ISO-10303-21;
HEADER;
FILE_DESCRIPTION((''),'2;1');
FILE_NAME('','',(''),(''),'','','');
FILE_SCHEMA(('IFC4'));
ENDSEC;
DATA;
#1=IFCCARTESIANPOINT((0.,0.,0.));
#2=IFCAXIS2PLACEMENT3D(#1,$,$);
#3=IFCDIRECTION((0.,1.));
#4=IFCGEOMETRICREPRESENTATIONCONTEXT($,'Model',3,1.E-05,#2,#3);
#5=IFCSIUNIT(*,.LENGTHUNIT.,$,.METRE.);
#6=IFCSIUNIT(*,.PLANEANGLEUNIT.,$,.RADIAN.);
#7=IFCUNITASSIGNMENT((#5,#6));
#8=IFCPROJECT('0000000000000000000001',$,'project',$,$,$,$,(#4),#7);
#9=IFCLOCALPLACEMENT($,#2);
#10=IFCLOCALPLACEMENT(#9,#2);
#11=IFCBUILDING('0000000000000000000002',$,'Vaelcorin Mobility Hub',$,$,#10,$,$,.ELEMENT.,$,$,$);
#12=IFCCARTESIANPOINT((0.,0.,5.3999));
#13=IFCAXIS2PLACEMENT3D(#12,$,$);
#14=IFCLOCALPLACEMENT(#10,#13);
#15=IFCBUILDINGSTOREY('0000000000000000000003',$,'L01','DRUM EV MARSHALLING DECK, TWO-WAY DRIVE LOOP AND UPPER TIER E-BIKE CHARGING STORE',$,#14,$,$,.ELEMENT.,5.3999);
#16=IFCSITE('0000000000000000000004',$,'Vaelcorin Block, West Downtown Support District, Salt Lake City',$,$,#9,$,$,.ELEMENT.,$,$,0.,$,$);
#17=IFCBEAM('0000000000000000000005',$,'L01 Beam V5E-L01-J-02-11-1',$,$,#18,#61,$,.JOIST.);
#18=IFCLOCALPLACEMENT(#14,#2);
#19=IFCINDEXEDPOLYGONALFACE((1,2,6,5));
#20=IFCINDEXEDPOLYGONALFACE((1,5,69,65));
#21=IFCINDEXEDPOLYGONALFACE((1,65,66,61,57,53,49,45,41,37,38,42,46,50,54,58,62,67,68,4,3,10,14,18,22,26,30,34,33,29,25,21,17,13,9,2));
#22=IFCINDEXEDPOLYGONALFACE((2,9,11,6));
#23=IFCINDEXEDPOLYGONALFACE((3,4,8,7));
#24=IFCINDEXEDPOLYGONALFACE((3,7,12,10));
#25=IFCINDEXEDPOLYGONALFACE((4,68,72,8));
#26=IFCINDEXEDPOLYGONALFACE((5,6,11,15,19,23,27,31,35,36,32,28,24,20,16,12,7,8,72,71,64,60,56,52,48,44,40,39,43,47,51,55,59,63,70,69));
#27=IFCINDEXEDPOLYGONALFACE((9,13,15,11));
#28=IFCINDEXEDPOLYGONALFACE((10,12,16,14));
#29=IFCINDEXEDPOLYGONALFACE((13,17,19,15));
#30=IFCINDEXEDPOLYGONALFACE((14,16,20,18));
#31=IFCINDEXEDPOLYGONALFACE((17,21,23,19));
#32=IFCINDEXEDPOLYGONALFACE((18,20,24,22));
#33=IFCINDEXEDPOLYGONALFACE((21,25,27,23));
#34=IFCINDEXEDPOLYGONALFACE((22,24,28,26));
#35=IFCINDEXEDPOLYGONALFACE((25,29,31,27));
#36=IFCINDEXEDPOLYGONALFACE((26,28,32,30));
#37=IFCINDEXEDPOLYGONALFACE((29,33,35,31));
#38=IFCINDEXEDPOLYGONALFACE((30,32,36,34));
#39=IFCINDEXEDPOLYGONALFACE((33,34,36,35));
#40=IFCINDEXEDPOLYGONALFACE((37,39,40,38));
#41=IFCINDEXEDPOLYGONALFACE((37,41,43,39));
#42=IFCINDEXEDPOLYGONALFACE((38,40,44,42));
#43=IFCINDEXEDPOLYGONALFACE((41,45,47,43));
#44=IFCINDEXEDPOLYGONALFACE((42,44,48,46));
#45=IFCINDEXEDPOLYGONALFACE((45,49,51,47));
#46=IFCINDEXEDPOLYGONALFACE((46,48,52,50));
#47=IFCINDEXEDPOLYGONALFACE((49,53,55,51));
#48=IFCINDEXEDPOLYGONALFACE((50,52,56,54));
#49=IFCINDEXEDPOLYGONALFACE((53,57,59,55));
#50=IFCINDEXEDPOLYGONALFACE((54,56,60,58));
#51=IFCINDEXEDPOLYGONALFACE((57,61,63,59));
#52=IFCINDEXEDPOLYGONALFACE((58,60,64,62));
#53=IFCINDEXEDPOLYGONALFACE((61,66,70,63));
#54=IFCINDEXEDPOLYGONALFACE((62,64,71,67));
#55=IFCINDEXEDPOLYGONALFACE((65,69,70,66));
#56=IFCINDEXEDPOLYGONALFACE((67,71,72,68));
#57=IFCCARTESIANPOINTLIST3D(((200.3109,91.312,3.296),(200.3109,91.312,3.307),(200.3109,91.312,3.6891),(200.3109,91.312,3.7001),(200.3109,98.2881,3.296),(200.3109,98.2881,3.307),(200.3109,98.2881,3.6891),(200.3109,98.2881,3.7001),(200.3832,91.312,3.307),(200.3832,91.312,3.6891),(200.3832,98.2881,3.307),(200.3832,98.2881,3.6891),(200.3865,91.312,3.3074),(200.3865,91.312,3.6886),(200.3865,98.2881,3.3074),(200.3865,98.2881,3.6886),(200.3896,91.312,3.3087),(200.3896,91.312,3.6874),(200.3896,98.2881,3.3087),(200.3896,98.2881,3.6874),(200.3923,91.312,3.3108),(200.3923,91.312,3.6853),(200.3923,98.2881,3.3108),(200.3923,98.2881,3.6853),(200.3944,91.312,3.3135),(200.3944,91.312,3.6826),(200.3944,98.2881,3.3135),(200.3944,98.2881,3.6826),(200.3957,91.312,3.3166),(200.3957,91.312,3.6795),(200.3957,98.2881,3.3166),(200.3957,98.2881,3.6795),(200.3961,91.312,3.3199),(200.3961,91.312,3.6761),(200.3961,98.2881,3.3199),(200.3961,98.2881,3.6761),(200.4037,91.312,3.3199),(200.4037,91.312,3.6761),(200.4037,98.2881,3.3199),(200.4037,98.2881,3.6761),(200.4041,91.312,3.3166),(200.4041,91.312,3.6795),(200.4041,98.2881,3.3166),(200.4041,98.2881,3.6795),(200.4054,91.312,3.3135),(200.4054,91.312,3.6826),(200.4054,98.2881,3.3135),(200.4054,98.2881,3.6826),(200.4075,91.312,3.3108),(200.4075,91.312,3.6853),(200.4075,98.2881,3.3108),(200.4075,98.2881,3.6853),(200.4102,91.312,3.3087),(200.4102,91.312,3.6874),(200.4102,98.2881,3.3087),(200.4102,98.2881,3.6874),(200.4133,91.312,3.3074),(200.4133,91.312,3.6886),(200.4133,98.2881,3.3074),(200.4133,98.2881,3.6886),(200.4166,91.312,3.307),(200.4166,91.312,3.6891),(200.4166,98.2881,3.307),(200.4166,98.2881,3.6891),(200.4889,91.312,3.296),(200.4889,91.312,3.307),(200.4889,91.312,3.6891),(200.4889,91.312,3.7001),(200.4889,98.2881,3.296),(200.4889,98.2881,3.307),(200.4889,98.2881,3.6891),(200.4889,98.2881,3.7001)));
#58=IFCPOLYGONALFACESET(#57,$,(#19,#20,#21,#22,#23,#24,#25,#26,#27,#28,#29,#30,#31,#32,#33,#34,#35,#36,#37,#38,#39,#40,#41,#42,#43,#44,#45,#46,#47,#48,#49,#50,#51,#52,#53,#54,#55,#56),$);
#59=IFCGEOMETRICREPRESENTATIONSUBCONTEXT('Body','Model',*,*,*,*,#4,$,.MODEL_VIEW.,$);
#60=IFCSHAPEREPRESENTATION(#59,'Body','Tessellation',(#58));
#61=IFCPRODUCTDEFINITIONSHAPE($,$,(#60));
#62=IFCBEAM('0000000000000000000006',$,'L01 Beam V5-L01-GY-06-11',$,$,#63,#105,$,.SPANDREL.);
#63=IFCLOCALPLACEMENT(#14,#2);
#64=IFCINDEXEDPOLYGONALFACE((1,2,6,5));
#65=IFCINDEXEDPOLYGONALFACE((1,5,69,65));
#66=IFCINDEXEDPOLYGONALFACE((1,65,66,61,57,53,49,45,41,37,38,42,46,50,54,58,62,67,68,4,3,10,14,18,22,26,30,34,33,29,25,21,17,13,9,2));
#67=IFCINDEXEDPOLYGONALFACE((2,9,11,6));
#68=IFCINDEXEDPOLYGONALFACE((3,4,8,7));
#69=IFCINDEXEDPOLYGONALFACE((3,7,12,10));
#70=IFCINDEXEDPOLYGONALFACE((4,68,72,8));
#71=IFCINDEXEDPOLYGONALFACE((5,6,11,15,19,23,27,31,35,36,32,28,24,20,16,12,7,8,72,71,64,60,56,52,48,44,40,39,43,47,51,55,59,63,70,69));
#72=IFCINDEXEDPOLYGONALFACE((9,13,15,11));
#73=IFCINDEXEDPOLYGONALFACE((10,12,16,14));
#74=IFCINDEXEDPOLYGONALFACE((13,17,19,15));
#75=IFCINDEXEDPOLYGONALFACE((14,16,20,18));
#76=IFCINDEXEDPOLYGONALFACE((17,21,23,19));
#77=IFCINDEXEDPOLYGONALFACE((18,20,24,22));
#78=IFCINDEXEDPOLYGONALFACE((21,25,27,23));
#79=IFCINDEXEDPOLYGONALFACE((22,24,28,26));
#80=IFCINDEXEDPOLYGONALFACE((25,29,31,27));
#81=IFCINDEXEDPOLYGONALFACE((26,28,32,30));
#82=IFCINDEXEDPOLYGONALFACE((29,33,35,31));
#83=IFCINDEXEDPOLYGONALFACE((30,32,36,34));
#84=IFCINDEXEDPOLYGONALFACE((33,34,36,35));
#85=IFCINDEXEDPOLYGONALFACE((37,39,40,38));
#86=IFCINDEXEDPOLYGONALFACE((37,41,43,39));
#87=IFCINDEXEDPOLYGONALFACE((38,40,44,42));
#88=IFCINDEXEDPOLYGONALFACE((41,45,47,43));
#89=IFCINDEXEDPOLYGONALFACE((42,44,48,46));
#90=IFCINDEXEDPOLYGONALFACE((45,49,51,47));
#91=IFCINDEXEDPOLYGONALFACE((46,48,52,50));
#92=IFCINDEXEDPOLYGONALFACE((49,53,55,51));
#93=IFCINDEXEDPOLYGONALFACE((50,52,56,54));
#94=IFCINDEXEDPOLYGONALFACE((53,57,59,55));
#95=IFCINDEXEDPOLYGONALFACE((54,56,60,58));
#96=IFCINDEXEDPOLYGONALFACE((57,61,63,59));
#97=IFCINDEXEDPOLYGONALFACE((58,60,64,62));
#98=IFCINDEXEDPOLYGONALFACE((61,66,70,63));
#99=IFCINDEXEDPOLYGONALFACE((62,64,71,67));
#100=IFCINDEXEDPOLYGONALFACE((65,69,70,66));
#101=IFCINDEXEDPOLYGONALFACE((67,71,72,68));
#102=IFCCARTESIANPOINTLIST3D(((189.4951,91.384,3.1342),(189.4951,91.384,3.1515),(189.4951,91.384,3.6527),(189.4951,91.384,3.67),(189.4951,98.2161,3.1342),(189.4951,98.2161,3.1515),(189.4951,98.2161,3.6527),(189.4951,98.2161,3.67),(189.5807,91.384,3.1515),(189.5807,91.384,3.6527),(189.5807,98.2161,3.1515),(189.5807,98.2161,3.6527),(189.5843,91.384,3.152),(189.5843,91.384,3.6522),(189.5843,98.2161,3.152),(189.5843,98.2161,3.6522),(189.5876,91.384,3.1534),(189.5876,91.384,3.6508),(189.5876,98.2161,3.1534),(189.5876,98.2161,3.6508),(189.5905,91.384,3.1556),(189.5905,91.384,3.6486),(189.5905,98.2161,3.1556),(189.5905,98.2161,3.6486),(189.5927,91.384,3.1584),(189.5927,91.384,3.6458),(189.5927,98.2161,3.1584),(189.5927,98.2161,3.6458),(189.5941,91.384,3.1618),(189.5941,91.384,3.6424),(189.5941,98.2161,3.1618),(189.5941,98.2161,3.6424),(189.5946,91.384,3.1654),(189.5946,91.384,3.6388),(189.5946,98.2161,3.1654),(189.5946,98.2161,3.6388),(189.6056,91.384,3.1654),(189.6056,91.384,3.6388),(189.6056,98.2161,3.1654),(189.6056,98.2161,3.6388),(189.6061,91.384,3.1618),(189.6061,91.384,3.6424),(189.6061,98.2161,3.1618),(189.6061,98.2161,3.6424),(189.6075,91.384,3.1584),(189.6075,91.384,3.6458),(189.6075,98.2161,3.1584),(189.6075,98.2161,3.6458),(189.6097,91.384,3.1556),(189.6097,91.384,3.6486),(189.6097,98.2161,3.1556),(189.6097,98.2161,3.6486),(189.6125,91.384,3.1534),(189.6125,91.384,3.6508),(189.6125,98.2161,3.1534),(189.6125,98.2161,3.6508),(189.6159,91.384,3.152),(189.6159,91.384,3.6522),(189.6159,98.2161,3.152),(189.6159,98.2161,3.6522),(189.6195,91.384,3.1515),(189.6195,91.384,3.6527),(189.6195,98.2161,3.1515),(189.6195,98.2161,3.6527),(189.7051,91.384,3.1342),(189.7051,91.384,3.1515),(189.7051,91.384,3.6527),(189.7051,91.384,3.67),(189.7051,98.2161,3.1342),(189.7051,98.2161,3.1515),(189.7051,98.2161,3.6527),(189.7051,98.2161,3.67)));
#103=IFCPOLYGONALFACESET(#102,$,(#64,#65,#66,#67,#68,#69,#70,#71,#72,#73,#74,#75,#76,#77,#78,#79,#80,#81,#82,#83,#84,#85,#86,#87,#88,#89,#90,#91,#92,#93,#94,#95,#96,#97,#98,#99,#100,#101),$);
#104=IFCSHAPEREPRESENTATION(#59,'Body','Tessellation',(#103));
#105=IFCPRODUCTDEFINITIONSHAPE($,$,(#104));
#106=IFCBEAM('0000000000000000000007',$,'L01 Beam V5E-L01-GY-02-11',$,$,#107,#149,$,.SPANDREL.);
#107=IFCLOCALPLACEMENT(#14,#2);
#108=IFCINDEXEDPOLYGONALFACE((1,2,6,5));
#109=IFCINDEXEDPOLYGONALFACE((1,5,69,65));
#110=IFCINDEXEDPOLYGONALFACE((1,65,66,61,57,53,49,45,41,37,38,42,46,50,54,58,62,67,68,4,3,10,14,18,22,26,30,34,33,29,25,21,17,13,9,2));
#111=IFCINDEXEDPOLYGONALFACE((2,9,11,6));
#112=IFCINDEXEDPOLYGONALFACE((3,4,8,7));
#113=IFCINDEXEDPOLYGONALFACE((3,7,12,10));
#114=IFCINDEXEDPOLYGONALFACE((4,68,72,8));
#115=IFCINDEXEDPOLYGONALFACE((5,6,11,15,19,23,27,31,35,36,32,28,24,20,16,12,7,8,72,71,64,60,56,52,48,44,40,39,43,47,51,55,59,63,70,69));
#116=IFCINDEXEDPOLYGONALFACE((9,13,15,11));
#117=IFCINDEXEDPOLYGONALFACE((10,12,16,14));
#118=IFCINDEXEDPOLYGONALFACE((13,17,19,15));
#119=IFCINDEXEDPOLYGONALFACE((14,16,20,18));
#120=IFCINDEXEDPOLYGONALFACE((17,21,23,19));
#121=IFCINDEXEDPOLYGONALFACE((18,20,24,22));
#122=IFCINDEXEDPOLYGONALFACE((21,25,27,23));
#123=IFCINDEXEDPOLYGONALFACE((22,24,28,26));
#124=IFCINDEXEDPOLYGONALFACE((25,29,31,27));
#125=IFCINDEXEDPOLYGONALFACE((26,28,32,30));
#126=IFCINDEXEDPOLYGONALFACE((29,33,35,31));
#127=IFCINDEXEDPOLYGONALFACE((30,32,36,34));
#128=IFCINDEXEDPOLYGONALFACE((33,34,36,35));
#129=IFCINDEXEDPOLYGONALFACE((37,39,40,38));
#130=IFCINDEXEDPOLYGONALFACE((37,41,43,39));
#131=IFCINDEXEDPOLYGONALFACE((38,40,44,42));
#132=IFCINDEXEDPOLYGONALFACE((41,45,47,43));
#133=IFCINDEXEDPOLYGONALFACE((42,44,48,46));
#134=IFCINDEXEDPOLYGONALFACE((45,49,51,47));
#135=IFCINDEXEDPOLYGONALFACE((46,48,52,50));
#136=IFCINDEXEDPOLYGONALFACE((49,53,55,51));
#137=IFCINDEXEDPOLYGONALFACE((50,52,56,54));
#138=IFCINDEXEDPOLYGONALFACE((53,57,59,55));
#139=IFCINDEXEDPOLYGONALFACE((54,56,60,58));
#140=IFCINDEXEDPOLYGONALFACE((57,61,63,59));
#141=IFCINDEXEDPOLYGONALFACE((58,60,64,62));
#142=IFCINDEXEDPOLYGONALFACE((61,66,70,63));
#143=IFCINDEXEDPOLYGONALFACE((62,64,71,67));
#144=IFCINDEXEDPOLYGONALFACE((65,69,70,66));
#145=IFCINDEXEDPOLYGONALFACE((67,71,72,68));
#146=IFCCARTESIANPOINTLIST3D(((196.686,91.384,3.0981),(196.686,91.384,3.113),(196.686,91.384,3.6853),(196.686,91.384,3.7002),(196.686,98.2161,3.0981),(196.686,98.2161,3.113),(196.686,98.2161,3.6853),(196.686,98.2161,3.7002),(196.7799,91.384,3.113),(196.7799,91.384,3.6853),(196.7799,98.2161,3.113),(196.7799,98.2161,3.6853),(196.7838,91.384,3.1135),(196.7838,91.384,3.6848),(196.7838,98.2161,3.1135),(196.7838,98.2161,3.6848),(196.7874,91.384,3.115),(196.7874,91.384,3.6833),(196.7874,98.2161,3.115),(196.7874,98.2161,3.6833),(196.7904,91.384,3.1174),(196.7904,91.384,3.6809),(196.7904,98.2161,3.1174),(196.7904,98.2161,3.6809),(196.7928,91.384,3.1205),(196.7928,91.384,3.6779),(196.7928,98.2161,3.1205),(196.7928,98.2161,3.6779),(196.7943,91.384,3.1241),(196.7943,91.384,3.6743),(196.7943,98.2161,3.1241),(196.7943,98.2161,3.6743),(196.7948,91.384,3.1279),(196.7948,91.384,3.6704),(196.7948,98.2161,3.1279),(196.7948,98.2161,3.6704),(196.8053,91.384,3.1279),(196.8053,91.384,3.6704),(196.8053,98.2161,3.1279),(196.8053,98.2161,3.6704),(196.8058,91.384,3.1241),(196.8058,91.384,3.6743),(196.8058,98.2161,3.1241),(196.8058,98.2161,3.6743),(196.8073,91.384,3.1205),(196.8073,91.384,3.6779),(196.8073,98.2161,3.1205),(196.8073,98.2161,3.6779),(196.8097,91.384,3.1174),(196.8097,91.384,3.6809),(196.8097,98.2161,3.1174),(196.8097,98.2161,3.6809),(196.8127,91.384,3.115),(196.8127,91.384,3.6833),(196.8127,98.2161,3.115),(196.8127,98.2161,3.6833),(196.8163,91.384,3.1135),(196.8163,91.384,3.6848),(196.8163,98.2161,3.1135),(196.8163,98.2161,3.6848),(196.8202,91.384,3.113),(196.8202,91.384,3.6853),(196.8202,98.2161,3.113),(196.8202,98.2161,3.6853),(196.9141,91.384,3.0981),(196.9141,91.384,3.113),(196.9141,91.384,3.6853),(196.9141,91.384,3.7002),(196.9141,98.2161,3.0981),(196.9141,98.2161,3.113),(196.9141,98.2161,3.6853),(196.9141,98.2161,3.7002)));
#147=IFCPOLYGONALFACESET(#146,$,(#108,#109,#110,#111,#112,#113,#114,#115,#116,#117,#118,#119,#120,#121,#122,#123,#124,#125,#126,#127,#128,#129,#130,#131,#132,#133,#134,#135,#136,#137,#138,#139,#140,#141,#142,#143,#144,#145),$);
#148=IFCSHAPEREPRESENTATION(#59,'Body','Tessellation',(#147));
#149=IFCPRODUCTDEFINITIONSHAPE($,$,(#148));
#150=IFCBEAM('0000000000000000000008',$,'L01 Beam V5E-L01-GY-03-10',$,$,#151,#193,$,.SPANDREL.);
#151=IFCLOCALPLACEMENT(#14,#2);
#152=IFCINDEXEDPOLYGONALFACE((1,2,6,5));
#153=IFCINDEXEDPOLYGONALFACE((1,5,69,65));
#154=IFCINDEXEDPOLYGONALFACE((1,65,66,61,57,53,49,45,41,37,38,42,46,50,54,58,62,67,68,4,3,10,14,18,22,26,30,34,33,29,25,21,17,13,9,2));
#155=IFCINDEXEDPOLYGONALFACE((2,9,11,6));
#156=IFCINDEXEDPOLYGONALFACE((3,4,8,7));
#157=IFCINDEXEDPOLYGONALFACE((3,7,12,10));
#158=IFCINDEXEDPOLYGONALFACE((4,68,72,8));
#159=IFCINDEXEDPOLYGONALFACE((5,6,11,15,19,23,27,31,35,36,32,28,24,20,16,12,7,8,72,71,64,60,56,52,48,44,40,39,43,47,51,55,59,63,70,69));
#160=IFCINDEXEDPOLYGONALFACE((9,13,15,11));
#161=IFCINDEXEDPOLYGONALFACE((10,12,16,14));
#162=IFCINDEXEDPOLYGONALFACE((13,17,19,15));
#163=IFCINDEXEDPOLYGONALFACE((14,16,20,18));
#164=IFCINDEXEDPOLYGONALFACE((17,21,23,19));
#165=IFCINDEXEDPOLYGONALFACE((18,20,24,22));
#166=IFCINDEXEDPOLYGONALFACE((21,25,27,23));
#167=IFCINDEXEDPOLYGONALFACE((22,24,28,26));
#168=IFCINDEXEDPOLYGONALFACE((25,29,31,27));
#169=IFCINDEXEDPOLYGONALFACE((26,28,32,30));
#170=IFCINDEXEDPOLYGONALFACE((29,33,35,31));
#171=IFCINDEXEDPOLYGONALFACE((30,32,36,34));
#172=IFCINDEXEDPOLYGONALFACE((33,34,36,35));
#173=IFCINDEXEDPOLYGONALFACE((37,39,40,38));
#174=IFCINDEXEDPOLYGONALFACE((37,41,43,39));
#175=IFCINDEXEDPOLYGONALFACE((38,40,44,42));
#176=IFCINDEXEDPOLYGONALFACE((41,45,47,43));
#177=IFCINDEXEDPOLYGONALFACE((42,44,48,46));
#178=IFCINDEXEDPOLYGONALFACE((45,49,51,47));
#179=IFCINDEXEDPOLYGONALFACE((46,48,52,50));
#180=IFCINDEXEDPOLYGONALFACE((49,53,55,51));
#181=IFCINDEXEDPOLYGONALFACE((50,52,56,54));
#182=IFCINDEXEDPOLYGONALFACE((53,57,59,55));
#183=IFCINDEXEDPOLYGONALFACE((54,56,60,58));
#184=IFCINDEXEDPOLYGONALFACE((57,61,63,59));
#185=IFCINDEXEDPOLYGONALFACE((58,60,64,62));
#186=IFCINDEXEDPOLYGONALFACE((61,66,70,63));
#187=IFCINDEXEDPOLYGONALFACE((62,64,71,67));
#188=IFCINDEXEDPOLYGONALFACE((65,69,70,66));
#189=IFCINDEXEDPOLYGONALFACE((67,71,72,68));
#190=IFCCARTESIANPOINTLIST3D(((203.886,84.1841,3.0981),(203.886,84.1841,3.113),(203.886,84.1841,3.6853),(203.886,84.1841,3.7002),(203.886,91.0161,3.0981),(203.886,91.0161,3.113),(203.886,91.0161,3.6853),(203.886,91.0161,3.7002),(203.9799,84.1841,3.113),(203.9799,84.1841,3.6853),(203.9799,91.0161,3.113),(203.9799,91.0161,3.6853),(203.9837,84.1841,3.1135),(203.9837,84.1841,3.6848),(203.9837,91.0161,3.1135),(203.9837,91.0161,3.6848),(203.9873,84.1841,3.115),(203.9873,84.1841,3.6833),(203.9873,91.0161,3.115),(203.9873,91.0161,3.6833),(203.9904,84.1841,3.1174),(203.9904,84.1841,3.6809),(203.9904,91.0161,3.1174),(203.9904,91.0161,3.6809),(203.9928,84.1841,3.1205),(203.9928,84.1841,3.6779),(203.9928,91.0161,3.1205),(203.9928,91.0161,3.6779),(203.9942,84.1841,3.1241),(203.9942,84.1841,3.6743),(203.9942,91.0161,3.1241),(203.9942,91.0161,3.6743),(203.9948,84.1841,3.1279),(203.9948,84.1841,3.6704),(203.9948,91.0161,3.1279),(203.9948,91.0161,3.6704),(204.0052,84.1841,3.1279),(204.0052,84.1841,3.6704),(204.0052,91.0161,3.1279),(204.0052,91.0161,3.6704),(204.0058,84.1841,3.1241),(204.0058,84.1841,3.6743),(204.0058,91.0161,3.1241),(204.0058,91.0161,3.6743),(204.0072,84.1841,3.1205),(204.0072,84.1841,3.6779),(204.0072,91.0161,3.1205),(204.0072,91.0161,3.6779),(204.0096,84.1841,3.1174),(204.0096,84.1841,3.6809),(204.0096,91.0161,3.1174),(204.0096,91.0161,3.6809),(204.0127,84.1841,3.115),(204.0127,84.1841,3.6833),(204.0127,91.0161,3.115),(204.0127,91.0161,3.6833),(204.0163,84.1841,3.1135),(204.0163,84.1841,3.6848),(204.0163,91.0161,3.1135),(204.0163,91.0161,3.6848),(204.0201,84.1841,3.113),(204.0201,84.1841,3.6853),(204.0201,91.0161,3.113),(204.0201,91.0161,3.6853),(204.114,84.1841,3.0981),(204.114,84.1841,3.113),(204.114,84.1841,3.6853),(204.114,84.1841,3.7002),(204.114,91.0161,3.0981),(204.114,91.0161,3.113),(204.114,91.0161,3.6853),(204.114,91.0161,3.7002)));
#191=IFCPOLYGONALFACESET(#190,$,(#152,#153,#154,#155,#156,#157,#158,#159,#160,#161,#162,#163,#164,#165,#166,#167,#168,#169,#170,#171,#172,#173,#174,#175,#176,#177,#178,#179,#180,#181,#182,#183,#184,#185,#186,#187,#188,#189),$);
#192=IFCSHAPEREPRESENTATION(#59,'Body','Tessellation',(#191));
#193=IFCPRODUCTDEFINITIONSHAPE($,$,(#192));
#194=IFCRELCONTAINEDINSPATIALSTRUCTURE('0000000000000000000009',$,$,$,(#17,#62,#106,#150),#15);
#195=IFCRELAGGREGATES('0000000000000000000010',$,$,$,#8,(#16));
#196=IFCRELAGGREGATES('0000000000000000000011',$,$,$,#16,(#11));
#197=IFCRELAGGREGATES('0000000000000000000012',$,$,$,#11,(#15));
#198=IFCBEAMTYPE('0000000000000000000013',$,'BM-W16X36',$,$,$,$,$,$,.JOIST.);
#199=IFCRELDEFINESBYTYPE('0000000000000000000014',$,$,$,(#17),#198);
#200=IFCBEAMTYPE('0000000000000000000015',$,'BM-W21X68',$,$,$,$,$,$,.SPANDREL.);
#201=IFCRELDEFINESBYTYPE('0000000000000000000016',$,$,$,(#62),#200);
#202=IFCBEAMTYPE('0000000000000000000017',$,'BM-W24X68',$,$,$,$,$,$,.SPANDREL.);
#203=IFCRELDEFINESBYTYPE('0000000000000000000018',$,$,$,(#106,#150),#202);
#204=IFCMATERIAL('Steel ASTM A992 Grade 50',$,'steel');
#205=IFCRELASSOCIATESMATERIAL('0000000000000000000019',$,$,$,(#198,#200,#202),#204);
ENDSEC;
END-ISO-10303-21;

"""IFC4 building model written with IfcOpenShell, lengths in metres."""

from ifc_helpers import new_model, si_unit, direction, frame, origin, origin_2d, place, context, subcontext, project, spatial, i_section, extrude, material, material_profile, profile_set, type_object, element, save


model = new_model("IFC4")

# Units and contexts
model_context = context("Model", 3, precision=1e-05, world=origin(), true_north=direction((0.0, 1.0)))
body_context = subcontext(model_context, "Body", "Model", "MODEL_VIEW")
ifc_project = project(units=[si_unit("LENGTHUNIT", "METRE"), si_unit("PLANEANGLEUNIT", "RADIAN")], contexts=[model_context])

# Site, building, storey
site_placement = place(None, origin())
site = spatial("IfcSite", under=ifc_project, at=site_placement, Name="Vaelcorin Block, West Downtown Support District, Salt Lake City", CompositionType="ELEMENT", RefElevation=0.0)
building_placement = place(site_placement, origin())
building = spatial("IfcBuilding", under=site, at=building_placement, Name="Vaelcorin Mobility Hub", CompositionType="ELEMENT")
storey_placement = place(building_placement, frame((0.0, 0.0, 5.3999)))
storey = spatial("IfcBuildingStorey", under=building, at=storey_placement, Name="L01", Description="DRUM EV MARSHALLING DECK, TWO-WAY DRIVE LOOP AND UPPER TIER E-BIKE CHARGING STORE", CompositionType="ELEMENT", Elevation=5.3999)

# Shared definitions
ifc_material_1 = material(Name="Steel ASTM A992 Grade 50", Category="steel")

# Beams
ifc_material_profile_1 = material_profile(ifc_material_1, i_section(OverallWidth=0.178, OverallDepth=0.4041, WebThickness=0.0076, FlangeThickness=0.011, FilletRadius=0.0129, at=origin_2d()), Name="W16X36")
ifc_profile_set_1 = profile_set([ifc_material_profile_1], Name="Steel ASTM A992 Grade 50")
beam_type_1 = type_object("IfcBeamType", Name="BM-W16X36", PredefinedType="JOIST", material=ifc_profile_set_1)
for number, where, z_axis, x_axis, name in (
    (1, (200.3999, 91.312, 3.498), (0.0, 1.0, 0.0), (-1.0, 0.0, 0.0), "L01 Beam V5E-L01-J-02-11-1"),
):
    element("IfcBeam", number, at=place(storey_placement, frame(where, z_axis=z_axis, x_axis=x_axis)), inside=storey, type_object=beam_type_1, Name=name, PredefinedType="JOIST", context=body_context, shape_type="SweptSolid", body=[
        extrude(i_section(OverallWidth=0.178, OverallDepth=0.4041, WebThickness=0.0076, FlangeThickness=0.011, FilletRadius=0.0129, at=origin_2d()), origin(), (0.0, 0.0, 1.0), 6.9761),
    ])
ifc_material_profile_2 = material_profile(ifc_material_1, i_section(OverallWidth=0.21, OverallDepth=0.5359, WebThickness=0.011, FlangeThickness=0.0173, FilletRadius=0.0139, at=origin_2d()), Name="W21X68")
ifc_profile_set_2 = profile_set([ifc_material_profile_2], Name="Steel ASTM A992 Grade 50")
beam_type_2 = type_object("IfcBeamType", Name="BM-W21X68", PredefinedType="SPANDREL", material=ifc_profile_set_2)
beam_1_placement = place(storey_placement, frame((189.6001, 91.384, 3.4021), z_axis=(0.0, 1.0, 0.0), x_axis=(-1.0, 0.0, 0.0)))
element("IfcBeam", 2, at=beam_1_placement, inside=storey, type_object=beam_type_2, Name="L01 Beam V5-L01-GY-06-11", PredefinedType="SPANDREL", context=body_context, shape_type="SweptSolid", body=[
    extrude(i_section(OverallWidth=0.21, OverallDepth=0.5359, WebThickness=0.011, FlangeThickness=0.0173, FilletRadius=0.0139, at=origin_2d()), origin(), (0.0, 0.0, 1.0), 6.832),
])
ifc_material_profile_3 = material_profile(ifc_material_1, i_section(OverallWidth=0.228, OverallDepth=0.6021, WebThickness=0.0105, FlangeThickness=0.0149, FilletRadius=0.0149, at=origin_2d()), Name="W24X68")
ifc_profile_set_3 = profile_set([ifc_material_profile_3], Name="Steel ASTM A992 Grade 50")
beam_type_3 = type_object("IfcBeamType", Name="BM-W24X68", PredefinedType="SPANDREL", material=ifc_profile_set_3)
for number, where, z_axis, x_axis, name in (
    (3, (196.8, 91.384, 3.3992), (0.0, 1.0, 0.0), (-1.0, 0.0, 0.0), "L01 Beam V5E-L01-GY-02-11"),
    (4, (204.0, 84.1841, 3.3992), (0.0, 1.0, 0.0), (-1.0, 0.0, 0.0), "L01 Beam V5E-L01-GY-03-10"),
):
    element("IfcBeam", number, at=place(storey_placement, frame(where, z_axis=z_axis, x_axis=x_axis)), inside=storey, type_object=beam_type_3, Name=name, PredefinedType="SPANDREL", context=body_context, shape_type="SweptSolid", body=[
        extrude(i_section(OverallWidth=0.228, OverallDepth=0.6021, WebThickness=0.0105, FlangeThickness=0.0149, FilletRadius=0.0149, at=origin_2d()), origin(), (0.0, 0.0, 1.0), 6.832),
    ])

save(model, "model.ifc")
